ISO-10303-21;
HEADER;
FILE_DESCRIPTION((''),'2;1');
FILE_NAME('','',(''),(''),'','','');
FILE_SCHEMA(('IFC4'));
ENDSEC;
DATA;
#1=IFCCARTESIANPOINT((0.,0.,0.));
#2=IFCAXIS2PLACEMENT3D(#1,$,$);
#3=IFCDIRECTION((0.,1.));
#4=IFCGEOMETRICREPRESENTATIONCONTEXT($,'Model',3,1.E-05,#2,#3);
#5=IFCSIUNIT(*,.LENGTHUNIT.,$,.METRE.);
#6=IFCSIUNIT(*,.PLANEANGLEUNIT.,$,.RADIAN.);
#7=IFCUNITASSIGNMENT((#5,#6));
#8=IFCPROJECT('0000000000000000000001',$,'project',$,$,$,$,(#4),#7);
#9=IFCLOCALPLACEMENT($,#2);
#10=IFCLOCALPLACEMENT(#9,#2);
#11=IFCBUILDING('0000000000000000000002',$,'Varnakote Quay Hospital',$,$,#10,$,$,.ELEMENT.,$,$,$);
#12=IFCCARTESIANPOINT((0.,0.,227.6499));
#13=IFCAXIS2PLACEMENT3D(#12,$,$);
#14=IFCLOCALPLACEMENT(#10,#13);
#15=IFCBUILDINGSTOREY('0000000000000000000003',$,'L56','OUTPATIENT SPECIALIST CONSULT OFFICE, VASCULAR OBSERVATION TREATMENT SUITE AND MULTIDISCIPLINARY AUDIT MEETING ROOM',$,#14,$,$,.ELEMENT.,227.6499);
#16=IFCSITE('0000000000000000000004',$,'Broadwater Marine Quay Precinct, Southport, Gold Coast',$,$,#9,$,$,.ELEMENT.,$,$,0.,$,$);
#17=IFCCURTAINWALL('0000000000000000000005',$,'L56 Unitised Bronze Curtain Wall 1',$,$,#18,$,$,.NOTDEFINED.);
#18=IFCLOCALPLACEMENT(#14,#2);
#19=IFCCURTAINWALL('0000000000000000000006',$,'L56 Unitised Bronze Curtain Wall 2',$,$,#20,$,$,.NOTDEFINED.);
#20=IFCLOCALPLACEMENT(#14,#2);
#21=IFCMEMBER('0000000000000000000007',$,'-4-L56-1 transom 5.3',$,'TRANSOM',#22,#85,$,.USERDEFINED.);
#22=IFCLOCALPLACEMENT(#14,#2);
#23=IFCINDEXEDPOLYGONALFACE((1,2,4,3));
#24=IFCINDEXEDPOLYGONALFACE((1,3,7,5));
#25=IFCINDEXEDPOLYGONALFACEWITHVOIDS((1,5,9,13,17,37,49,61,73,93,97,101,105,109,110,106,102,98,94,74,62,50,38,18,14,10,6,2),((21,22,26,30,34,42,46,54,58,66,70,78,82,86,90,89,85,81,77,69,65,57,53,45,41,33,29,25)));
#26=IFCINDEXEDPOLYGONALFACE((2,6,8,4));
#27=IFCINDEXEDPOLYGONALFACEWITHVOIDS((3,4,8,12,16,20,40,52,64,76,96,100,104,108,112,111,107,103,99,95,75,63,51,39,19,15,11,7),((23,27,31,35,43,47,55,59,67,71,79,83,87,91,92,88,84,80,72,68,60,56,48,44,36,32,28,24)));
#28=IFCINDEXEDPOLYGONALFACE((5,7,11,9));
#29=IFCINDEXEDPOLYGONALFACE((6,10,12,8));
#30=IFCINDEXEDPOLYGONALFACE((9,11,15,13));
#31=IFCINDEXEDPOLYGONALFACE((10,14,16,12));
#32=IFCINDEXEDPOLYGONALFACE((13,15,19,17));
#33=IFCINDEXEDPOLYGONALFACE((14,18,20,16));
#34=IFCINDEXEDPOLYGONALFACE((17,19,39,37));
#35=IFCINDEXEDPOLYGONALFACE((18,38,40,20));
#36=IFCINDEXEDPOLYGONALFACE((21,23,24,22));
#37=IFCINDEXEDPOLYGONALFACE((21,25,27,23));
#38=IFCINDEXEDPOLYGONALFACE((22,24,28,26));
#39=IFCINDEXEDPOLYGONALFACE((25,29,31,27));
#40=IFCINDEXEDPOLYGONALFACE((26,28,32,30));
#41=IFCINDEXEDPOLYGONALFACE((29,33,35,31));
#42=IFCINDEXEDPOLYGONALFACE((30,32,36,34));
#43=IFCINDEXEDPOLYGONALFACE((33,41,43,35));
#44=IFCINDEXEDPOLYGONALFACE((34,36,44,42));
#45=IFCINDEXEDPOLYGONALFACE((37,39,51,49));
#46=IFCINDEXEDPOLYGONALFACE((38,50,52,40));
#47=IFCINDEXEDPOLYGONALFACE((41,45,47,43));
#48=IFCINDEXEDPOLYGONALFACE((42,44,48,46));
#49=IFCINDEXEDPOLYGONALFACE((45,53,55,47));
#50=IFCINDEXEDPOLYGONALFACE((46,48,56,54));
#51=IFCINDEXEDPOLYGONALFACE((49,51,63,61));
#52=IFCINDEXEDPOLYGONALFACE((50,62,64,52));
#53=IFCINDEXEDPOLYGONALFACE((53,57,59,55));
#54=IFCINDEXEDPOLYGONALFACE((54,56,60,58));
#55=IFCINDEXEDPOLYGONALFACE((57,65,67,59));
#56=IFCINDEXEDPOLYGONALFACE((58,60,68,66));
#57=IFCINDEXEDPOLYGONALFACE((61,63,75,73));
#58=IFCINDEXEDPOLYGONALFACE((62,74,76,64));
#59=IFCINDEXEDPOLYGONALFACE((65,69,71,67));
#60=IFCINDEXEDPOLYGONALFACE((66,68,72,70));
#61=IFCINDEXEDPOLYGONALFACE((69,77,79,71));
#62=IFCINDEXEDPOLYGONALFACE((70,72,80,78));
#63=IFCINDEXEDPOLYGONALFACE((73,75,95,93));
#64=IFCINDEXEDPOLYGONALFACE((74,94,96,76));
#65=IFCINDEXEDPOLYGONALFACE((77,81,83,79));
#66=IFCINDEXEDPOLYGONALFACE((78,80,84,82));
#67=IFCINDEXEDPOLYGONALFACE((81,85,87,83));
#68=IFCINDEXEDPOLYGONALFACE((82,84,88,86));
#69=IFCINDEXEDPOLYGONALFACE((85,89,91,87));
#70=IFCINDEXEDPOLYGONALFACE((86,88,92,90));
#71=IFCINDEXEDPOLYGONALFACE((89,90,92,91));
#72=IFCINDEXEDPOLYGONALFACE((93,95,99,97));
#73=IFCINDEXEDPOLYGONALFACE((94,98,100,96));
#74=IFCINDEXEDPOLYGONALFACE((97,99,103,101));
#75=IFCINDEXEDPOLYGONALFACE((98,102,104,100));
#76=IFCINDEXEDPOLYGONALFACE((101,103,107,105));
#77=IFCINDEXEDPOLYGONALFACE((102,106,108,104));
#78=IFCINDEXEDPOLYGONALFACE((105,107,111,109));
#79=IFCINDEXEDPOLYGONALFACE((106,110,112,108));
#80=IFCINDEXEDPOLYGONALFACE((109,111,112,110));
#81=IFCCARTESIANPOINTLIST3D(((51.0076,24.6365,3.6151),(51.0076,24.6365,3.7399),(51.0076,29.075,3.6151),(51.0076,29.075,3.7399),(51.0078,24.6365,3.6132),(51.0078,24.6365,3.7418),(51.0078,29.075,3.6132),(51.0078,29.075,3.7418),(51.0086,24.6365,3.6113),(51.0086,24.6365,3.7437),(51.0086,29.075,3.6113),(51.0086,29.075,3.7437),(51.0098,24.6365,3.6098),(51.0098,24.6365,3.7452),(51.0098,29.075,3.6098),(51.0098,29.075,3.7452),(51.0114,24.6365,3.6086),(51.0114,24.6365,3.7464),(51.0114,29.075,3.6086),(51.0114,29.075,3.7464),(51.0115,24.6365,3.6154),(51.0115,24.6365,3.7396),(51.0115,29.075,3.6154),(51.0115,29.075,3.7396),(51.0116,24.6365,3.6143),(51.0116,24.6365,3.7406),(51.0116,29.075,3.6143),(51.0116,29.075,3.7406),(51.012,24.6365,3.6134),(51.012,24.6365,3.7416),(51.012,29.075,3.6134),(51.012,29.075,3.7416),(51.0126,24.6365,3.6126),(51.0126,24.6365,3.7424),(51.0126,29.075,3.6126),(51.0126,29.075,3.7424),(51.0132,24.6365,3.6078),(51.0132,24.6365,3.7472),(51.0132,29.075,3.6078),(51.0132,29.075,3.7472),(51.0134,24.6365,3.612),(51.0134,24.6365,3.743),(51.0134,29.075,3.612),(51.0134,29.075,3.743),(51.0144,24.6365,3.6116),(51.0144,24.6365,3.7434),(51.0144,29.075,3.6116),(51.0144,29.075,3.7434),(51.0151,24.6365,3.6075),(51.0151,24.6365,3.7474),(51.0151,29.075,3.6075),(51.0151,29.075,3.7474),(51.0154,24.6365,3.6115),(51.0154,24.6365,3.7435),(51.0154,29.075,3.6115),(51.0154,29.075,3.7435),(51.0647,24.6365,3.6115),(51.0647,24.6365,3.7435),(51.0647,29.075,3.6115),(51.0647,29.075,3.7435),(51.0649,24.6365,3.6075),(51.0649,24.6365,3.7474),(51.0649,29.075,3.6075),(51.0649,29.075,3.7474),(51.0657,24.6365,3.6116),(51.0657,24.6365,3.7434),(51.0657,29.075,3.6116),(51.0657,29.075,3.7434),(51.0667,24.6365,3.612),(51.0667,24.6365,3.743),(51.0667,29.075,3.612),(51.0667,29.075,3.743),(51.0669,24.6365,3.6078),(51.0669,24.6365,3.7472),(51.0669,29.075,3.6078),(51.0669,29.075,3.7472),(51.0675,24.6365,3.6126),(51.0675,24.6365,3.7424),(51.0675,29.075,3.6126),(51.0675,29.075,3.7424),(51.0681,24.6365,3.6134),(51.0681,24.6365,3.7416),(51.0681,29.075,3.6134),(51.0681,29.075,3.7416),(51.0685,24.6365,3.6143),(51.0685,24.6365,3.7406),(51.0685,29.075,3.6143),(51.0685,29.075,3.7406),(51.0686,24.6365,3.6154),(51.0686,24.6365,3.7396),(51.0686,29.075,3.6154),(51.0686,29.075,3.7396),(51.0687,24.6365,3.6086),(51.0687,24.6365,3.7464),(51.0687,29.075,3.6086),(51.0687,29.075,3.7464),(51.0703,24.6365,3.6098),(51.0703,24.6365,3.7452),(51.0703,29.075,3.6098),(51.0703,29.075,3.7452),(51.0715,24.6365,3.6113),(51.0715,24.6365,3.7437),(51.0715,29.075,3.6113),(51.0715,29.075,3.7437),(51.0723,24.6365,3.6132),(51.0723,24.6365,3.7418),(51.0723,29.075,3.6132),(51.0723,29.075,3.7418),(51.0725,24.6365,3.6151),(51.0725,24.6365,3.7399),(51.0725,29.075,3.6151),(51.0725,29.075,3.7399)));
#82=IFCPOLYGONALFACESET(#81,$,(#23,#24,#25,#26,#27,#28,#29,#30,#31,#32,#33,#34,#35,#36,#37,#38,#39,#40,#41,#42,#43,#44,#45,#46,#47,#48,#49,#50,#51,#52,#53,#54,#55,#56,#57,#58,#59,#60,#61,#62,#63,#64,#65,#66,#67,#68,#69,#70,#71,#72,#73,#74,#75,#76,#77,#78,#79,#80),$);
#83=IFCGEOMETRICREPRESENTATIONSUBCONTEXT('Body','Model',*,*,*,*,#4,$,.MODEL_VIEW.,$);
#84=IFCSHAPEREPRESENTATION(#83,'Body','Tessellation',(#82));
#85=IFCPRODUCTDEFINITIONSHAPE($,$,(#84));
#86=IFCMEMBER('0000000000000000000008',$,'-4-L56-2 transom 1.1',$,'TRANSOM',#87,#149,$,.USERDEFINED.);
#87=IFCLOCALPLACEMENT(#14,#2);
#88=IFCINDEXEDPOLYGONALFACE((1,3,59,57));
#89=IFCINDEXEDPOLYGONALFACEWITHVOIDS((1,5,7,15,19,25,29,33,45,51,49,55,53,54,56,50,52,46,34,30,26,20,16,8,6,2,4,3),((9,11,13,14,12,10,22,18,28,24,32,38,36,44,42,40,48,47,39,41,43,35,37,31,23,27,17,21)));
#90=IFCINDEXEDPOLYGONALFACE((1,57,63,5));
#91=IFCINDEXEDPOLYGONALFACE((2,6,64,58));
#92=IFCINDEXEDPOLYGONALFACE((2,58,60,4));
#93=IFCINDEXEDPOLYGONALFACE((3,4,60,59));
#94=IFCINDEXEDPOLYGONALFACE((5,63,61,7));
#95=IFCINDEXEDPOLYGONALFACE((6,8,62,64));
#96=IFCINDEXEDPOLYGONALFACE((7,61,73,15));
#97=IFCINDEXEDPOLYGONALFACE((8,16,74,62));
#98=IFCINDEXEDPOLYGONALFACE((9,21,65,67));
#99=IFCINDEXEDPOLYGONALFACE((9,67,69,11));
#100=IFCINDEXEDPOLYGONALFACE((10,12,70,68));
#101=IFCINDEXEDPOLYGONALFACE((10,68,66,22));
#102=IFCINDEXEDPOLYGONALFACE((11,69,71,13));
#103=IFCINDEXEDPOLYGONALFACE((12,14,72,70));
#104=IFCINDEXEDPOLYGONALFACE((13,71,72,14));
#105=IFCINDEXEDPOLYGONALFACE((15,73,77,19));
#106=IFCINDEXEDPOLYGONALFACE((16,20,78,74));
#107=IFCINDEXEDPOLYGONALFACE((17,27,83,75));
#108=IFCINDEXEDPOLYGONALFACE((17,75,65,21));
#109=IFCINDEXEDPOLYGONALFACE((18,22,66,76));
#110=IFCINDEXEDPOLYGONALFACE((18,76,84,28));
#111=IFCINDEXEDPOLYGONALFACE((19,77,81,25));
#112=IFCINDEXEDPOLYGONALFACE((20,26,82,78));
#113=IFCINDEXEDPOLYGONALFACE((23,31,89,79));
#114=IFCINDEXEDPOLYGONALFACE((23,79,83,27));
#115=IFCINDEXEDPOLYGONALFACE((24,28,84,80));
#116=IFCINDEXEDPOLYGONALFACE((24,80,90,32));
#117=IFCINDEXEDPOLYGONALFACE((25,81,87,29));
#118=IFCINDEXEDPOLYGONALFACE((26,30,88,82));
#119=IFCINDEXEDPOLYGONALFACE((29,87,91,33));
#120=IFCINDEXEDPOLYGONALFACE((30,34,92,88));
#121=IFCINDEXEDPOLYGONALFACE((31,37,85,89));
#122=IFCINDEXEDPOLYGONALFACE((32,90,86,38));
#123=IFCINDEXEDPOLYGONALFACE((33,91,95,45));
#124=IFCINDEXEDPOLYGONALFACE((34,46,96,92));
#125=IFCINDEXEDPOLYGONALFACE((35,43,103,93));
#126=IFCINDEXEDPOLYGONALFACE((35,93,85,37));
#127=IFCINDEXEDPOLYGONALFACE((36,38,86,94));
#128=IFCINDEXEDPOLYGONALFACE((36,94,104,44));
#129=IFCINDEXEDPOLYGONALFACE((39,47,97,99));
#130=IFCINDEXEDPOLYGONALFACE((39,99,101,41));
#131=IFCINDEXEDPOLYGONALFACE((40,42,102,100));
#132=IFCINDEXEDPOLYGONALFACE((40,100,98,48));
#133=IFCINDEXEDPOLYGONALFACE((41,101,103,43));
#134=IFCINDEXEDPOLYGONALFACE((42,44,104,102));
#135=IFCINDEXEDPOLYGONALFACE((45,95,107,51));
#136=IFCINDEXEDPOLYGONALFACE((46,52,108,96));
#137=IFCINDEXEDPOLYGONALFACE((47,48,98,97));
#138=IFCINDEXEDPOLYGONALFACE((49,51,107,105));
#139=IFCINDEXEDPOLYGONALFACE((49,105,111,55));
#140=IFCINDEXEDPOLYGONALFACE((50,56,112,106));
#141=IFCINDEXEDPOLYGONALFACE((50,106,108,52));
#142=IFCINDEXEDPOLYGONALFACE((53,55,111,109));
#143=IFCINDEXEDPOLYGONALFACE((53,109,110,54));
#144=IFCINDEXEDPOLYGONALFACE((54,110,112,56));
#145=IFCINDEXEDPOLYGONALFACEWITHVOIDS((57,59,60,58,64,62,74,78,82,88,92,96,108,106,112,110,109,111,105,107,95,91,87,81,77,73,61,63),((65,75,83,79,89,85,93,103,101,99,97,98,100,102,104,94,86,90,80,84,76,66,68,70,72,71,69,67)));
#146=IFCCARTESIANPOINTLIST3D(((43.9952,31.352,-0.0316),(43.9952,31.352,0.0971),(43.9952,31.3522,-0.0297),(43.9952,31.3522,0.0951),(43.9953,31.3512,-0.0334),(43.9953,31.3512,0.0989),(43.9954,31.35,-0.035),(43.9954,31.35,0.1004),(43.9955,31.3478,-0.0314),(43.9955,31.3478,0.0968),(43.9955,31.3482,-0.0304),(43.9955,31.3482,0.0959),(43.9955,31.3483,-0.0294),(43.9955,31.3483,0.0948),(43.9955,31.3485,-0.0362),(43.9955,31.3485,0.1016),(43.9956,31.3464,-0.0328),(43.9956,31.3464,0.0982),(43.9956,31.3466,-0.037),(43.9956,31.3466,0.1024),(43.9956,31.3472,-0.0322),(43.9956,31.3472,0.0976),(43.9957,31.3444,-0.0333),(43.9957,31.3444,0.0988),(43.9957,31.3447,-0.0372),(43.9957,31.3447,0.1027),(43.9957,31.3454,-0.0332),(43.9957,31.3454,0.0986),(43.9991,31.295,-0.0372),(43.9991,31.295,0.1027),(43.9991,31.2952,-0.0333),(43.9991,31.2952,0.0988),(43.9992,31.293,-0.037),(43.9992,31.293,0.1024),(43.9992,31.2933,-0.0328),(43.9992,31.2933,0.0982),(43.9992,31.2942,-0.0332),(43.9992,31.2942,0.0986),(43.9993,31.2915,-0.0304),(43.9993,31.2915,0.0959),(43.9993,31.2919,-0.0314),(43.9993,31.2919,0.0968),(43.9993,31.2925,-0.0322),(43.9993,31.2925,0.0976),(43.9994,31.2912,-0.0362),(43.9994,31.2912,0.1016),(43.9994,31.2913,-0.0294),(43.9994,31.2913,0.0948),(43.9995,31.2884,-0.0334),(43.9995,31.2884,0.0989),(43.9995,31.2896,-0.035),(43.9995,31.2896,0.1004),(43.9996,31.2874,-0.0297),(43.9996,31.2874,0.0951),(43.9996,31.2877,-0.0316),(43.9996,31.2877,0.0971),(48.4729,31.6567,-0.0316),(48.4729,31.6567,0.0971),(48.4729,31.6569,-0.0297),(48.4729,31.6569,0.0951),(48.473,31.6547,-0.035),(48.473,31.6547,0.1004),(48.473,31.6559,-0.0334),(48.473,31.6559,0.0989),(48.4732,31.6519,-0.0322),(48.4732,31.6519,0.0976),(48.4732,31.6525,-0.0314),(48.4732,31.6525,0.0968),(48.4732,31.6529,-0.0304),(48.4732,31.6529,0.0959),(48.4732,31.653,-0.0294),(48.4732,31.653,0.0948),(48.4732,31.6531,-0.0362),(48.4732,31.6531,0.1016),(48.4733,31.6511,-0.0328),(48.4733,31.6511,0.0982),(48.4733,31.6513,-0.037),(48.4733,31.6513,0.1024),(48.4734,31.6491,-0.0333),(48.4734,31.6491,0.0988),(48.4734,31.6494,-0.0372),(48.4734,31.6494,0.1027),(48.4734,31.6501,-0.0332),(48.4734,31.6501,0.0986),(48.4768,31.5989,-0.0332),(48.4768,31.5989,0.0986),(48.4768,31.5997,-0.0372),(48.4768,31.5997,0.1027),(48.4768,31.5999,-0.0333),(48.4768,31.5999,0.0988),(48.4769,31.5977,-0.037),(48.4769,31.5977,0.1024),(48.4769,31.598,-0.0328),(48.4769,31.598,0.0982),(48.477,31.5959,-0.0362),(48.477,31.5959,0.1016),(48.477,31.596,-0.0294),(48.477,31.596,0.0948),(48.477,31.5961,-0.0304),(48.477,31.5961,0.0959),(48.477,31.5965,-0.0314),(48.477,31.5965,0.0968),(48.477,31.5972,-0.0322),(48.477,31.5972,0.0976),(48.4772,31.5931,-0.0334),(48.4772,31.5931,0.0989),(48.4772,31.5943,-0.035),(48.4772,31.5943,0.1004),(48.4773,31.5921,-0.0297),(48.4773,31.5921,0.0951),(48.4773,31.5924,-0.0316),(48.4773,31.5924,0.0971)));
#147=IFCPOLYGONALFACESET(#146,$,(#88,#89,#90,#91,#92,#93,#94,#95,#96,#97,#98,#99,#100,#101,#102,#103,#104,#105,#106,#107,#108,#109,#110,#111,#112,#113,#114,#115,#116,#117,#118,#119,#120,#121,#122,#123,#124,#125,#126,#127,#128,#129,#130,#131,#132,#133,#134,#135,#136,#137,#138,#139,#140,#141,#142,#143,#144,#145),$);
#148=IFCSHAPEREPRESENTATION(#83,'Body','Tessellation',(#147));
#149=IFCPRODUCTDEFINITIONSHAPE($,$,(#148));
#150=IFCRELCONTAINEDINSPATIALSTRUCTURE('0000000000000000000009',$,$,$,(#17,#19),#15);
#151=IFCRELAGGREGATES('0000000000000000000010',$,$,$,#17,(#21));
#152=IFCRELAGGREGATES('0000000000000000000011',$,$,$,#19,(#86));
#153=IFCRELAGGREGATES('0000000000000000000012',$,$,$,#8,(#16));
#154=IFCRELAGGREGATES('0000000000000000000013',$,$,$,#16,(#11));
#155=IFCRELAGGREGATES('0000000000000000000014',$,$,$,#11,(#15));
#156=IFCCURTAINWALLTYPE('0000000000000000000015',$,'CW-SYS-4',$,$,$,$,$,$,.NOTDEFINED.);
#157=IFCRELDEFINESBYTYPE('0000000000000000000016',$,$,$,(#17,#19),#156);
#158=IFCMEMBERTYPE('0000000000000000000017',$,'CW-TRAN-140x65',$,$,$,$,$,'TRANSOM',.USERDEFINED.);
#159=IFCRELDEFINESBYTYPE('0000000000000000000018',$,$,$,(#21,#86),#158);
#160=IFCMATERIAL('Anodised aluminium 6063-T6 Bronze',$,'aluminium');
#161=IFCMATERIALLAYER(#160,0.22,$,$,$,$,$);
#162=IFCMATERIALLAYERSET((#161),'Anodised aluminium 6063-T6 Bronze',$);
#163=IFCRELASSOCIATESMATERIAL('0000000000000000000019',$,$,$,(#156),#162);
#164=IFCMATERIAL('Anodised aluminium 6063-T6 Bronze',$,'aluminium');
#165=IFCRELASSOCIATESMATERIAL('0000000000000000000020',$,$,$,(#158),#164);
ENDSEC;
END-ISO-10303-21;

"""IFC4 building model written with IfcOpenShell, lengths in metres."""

from ifc_helpers import new_model, si_unit, direction, frame, origin, origin_2d, place, context, subcontext, project, spatial, hollow_rectangle, extrude, material, layer, layer_set, material_profile, profile_set, type_object, element, aggregate, save


model = new_model("IFC4")

# Units and contexts
model_context = context("Model", 3, precision=1e-05, world=origin(), true_north=direction((0.0, 1.0)))
body_context = subcontext(model_context, "Body", "Model", "MODEL_VIEW")
ifc_project = project(units=[si_unit("LENGTHUNIT", "METRE"), si_unit("PLANEANGLEUNIT", "RADIAN")], contexts=[model_context])

# Site, building, storey
site_placement = place(None, origin())
site = spatial("IfcSite", under=ifc_project, at=site_placement, Name="Broadwater Marine Quay Precinct, Southport, Gold Coast", CompositionType="ELEMENT", RefElevation=0.0)
building_placement = place(site_placement, origin())
building = spatial("IfcBuilding", under=site, at=building_placement, Name="Varnakote Quay Hospital", CompositionType="ELEMENT")
storey_placement = place(building_placement, frame((0.0, 0.0, 227.6499)))
storey = spatial("IfcBuildingStorey", under=building, at=storey_placement, Name="L56", Description="OUTPATIENT SPECIALIST CONSULT OFFICE, VASCULAR OBSERVATION TREATMENT SUITE AND MULTIDISCIPLINARY AUDIT MEETING ROOM", CompositionType="ELEMENT", Elevation=227.6499)

# Curtain walls
ifc_material_1 = material(Name="Anodised aluminium 6063-T6 Bronze", Category="aluminium")
ifc_layer_1 = layer(ifc_material_1, 0.22)
ifc_layer_set_1 = layer_set([ifc_layer_1], Name="Anodised aluminium 6063-T6 Bronze")
curtain_wall_type = type_object("IfcCurtainWallType", Name="CW-SYS-4", PredefinedType="NOTDEFINED", material=ifc_layer_set_1)
curtain_wall_1_placement = place(storey_placement, origin())
curtain_wall_1 = element("IfcCurtainWall", 1, at=curtain_wall_1_placement, inside=storey, type_object=curtain_wall_type, Name="L56 Unitised Bronze Curtain Wall 1", PredefinedType="NOTDEFINED")
curtain_wall_2_placement = place(storey_placement, origin())
curtain_wall_2 = element("IfcCurtainWall", 2, at=curtain_wall_2_placement, inside=storey, type_object=curtain_wall_type, Name="L56 Unitised Bronze Curtain Wall 2", PredefinedType="NOTDEFINED")

# Members
ifc_material_2 = material(Name="Anodised aluminium 6063-T6 Bronze", Category="aluminium")
ifc_material_profile_1 = material_profile(ifc_material_2, hollow_rectangle(XDim=0.0649, YDim=0.1399, WallThickness=0.0039, InnerFilletRadius=0.0039, OuterFilletRadius=0.0076, at=origin_2d()), Name="CW-TRAN-140x65")
ifc_profile_set_1 = profile_set([ifc_material_profile_1], Name="Anodised aluminium 6063-T6 Bronze")
member_type_1 = type_object("IfcMemberType", Name="CW-TRAN-140x65", ElementType="TRANSOM", PredefinedType="USERDEFINED", material=ifc_profile_set_1)
member_1_placement = place(storey_placement, frame((51.04, 24.6365, 3.6775), z_axis=(0.0, 1.0, 0.0), x_axis=(-1.0, 0.0, 0.0)))
member_1 = element("IfcMember", 3, at=member_1_placement, type_object=member_type_1, Name="-4-L56-1 transom 5.3", ObjectType="TRANSOM", PredefinedType="USERDEFINED", context=body_context, shape_type="SweptSolid", body=[
    extrude(hollow_rectangle(XDim=0.0649, YDim=0.1399, WallThickness=0.0039, InnerFilletRadius=0.0039, OuterFilletRadius=0.0076, at=origin_2d()), origin(), (0.0, 0.0, 1.0), 4.4385),
])
member_2_placement = place(storey_placement, frame((48.4751, 31.6245, 0.0327), z_axis=(-0.997693, -0.067887, 0.0), x_axis=(0.067887, -0.997693, 0.0)))
member_2 = element("IfcMember", 4, at=member_2_placement, type_object=member_type_1, Name="-4-L56-2 transom 1.1", ObjectType="TRANSOM", PredefinedType="USERDEFINED", context=body_context, shape_type="SweptSolid", body=[
    extrude(hollow_rectangle(XDim=0.0649, YDim=0.1399, WallThickness=0.0039, InnerFilletRadius=0.0039, OuterFilletRadius=0.0076, at=origin_2d()), origin(), (0.0, 0.0, 1.0), 4.488),
])

aggregate(curtain_wall_1, [member_1])
aggregate(curtain_wall_2, [member_2])

save(model, "model.ifc")
